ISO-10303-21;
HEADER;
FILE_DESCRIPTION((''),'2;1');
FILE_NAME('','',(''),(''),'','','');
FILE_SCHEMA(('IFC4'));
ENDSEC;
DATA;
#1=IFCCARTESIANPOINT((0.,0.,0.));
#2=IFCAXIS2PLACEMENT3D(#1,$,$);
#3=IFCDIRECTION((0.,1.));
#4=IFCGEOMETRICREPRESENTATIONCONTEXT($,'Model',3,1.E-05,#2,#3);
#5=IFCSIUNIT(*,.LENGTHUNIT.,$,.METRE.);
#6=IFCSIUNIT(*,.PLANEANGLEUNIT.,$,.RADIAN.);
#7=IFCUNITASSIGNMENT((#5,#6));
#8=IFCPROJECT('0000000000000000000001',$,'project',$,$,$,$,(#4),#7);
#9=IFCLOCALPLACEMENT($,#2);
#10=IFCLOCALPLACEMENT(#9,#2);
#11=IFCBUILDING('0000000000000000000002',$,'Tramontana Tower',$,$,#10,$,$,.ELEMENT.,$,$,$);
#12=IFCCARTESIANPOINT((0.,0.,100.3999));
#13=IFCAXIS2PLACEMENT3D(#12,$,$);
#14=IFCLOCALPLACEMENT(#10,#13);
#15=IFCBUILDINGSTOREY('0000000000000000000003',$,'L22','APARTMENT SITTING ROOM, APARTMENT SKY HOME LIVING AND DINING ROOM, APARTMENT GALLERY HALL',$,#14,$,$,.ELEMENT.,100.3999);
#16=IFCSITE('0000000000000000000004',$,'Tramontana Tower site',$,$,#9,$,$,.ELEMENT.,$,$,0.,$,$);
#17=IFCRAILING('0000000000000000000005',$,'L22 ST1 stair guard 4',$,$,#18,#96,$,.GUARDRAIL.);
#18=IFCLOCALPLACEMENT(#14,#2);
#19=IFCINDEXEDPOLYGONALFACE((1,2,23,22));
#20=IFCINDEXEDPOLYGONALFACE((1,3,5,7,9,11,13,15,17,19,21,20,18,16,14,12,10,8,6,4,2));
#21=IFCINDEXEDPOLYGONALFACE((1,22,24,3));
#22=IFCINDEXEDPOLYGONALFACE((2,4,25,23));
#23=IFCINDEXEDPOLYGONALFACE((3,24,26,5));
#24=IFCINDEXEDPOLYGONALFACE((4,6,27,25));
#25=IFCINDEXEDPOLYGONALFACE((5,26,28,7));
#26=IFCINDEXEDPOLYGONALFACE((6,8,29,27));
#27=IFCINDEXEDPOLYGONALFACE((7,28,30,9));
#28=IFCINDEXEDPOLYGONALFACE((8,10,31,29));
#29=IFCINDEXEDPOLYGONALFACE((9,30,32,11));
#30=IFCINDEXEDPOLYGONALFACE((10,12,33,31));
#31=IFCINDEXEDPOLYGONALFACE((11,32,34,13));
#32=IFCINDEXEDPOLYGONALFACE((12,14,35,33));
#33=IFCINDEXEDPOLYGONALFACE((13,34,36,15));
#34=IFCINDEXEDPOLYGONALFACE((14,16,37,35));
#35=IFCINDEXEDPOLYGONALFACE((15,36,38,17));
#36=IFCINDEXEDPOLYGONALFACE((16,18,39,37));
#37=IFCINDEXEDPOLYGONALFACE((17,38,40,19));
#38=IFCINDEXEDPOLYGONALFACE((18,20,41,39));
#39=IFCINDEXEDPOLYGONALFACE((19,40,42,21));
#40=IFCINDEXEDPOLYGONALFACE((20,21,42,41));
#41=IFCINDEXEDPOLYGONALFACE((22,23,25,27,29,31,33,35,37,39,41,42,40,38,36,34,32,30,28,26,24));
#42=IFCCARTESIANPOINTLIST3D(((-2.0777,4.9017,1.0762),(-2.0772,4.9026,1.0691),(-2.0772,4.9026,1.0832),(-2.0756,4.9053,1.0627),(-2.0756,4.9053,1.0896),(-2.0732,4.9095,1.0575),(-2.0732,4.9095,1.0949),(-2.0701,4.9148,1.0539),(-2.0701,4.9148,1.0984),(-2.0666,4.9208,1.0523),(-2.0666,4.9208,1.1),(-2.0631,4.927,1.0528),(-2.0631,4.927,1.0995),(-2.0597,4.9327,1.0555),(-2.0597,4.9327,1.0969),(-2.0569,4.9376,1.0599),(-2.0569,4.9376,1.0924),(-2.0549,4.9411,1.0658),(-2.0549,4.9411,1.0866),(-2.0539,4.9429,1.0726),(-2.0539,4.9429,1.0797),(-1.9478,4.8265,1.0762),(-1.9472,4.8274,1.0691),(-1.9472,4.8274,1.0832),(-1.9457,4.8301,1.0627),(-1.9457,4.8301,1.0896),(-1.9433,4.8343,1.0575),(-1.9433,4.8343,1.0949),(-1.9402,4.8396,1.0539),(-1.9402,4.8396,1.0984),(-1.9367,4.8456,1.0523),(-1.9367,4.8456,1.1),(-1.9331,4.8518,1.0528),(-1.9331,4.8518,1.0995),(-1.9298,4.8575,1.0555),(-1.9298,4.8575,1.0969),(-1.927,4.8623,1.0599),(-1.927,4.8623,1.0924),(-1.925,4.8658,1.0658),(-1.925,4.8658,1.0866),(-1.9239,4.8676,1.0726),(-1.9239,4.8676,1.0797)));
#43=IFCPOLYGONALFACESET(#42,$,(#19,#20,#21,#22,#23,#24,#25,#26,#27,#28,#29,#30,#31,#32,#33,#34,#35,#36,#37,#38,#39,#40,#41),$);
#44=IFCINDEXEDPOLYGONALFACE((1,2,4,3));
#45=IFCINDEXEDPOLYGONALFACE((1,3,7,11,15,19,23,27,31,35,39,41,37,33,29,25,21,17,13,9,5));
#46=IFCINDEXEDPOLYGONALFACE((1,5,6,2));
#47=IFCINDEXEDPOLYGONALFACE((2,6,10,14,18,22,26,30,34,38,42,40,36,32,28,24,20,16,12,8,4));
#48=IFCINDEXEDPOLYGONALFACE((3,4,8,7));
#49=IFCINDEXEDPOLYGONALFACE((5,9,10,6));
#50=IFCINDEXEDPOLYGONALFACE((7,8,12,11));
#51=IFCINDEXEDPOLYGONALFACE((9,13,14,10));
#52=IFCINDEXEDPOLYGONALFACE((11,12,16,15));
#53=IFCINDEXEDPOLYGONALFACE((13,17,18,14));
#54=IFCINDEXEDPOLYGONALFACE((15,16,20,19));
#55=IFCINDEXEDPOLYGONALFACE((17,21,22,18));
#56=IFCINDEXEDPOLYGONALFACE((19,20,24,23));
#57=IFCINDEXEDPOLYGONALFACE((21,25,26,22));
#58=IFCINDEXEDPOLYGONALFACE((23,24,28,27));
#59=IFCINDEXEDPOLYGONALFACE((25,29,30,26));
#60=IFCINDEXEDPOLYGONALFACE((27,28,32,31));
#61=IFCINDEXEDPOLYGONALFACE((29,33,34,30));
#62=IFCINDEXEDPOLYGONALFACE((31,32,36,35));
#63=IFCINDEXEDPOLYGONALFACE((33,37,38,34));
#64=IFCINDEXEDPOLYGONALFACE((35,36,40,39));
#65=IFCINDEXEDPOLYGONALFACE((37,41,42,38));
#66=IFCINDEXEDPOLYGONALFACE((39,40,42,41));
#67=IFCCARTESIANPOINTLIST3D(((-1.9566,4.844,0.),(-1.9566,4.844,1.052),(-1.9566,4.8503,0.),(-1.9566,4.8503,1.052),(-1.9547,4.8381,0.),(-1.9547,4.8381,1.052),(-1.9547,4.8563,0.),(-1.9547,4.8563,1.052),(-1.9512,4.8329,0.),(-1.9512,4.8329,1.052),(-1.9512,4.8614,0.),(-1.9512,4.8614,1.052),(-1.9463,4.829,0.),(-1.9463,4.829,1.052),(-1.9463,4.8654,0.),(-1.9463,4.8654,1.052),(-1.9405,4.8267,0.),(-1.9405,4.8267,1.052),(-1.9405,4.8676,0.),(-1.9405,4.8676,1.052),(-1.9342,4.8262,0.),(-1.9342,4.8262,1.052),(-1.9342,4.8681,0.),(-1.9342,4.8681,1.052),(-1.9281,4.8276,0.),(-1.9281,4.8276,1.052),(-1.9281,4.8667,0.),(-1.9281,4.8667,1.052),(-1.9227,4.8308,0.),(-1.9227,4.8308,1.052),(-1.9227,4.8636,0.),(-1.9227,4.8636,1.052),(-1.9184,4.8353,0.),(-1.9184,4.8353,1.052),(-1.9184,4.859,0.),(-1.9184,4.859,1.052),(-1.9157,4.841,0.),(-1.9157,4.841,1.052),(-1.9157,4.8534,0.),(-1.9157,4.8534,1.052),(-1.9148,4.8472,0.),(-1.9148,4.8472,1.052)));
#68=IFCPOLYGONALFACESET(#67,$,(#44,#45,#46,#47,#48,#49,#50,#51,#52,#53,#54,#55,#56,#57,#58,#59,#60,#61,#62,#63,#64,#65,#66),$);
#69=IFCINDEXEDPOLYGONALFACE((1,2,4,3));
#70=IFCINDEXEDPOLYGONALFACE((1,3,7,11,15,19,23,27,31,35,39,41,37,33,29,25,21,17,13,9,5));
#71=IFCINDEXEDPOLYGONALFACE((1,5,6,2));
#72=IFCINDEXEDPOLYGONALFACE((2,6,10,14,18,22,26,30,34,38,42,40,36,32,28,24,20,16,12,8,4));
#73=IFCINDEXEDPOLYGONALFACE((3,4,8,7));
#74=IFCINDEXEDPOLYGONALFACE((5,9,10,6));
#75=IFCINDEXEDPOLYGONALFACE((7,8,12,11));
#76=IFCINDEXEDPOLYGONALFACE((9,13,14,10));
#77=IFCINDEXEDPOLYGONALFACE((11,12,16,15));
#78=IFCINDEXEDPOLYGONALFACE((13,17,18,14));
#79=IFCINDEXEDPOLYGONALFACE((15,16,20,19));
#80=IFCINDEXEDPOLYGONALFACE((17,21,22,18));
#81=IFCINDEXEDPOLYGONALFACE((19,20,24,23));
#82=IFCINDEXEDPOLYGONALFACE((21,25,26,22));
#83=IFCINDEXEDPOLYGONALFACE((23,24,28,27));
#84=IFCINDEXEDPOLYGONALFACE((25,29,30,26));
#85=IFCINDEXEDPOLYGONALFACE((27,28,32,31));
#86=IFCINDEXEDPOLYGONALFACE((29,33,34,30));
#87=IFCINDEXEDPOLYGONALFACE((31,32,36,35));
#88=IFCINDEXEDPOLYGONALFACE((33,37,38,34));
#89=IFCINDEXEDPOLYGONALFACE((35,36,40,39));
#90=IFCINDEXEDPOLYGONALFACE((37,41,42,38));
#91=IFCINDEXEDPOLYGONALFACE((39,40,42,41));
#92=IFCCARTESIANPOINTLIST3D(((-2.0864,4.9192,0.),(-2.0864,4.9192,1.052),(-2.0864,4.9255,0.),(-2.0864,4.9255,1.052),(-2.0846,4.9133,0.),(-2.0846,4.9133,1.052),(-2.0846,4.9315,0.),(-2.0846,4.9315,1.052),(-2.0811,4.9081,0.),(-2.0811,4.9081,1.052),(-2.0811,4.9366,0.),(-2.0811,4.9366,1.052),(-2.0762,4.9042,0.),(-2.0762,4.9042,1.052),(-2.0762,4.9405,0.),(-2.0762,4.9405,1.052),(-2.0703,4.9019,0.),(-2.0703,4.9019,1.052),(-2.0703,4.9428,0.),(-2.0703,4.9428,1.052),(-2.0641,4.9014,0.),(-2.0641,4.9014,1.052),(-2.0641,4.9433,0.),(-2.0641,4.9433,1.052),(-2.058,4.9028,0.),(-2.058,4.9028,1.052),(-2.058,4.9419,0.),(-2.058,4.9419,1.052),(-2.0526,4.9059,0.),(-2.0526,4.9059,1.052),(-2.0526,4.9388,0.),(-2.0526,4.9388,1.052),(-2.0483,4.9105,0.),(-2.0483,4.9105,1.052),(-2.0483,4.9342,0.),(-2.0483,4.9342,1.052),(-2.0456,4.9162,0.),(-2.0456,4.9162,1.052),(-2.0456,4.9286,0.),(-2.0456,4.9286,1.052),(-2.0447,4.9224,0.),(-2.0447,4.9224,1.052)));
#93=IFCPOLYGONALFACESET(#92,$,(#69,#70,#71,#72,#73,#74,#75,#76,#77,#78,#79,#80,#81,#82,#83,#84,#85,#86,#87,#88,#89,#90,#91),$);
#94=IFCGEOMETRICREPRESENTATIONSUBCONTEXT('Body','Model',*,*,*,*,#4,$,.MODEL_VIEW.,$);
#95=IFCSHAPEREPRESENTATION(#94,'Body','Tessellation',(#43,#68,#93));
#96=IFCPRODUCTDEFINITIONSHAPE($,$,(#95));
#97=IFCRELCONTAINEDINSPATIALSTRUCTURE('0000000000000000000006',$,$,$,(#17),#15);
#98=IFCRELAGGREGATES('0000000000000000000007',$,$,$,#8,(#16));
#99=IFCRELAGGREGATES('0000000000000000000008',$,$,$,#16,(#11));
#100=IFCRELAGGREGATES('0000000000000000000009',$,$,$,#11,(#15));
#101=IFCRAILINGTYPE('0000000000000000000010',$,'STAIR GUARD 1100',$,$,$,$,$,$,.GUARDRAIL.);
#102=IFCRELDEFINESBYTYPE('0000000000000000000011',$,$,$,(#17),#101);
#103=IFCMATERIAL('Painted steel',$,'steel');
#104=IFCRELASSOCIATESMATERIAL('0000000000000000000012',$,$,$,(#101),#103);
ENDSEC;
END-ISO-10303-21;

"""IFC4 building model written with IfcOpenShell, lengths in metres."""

from ifc_helpers import new_model, si_unit, direction, frame, origin, origin_2d, place, context, subcontext, project, spatial, circle, extrude, material, type_object, element, save


model = new_model("IFC4")

# Units and contexts
model_context = context("Model", 3, precision=1e-05, world=origin(), true_north=direction((0.0, 1.0)))
body_context = subcontext(model_context, "Body", "Model", "MODEL_VIEW")
ifc_project = project(units=[si_unit("LENGTHUNIT", "METRE"), si_unit("PLANEANGLEUNIT", "RADIAN")], contexts=[model_context])

# Site, building, storey
site_placement = place(None, origin())
site = spatial("IfcSite", under=ifc_project, at=site_placement, Name="Tramontana Tower site", CompositionType="ELEMENT", RefElevation=0.0)
building_placement = place(site_placement, origin())
building = spatial("IfcBuilding", under=site, at=building_placement, Name="Tramontana Tower", CompositionType="ELEMENT")
storey_placement = place(building_placement, frame((0.0, 0.0, 100.3999)))
storey = spatial("IfcBuildingStorey", under=building, at=storey_placement, Name="L22", Description="APARTMENT SITTING ROOM, APARTMENT SKY HOME LIVING AND DINING ROOM, APARTMENT GALLERY HALL", CompositionType="ELEMENT", Elevation=100.3999)

# Railing
ifc_material_1 = material(Name="Painted steel", Category="steel")
railing_type_1 = type_object("IfcRailingType", Name="STAIR GUARD 1100", PredefinedType="GUARDRAIL", material=ifc_material_1)
railing_1_placement = place(storey_placement, frame((-1.9358, 4.8472, 0.0)))
element("IfcRailing", 1, at=railing_1_placement, inside=storey, type_object=railing_type_1, Name="L22 ST1 stair guard 4", PredefinedType="GUARDRAIL", context=body_context, shape_type="SweptSolid", body=[
    extrude(circle(Radius=0.0239, at=origin_2d()), frame((0.0, 0.0, 1.0762), z_axis=(-0.865426, 0.501036, 0.0), x_axis=(-0.501036, -0.865426, 0.0)), (0.0, 0.0, 1.0), 0.1501),
    extrude(circle(Radius=0.021, at=origin_2d()), origin(), (0.0, 0.0, 1.0), 1.052),
    extrude(circle(Radius=0.021, at=origin_2d()), frame((-0.1299, 0.0752, 0.0)), (0.0, 0.0, 1.0), 1.052),
])

save(model, "model.ifc")
